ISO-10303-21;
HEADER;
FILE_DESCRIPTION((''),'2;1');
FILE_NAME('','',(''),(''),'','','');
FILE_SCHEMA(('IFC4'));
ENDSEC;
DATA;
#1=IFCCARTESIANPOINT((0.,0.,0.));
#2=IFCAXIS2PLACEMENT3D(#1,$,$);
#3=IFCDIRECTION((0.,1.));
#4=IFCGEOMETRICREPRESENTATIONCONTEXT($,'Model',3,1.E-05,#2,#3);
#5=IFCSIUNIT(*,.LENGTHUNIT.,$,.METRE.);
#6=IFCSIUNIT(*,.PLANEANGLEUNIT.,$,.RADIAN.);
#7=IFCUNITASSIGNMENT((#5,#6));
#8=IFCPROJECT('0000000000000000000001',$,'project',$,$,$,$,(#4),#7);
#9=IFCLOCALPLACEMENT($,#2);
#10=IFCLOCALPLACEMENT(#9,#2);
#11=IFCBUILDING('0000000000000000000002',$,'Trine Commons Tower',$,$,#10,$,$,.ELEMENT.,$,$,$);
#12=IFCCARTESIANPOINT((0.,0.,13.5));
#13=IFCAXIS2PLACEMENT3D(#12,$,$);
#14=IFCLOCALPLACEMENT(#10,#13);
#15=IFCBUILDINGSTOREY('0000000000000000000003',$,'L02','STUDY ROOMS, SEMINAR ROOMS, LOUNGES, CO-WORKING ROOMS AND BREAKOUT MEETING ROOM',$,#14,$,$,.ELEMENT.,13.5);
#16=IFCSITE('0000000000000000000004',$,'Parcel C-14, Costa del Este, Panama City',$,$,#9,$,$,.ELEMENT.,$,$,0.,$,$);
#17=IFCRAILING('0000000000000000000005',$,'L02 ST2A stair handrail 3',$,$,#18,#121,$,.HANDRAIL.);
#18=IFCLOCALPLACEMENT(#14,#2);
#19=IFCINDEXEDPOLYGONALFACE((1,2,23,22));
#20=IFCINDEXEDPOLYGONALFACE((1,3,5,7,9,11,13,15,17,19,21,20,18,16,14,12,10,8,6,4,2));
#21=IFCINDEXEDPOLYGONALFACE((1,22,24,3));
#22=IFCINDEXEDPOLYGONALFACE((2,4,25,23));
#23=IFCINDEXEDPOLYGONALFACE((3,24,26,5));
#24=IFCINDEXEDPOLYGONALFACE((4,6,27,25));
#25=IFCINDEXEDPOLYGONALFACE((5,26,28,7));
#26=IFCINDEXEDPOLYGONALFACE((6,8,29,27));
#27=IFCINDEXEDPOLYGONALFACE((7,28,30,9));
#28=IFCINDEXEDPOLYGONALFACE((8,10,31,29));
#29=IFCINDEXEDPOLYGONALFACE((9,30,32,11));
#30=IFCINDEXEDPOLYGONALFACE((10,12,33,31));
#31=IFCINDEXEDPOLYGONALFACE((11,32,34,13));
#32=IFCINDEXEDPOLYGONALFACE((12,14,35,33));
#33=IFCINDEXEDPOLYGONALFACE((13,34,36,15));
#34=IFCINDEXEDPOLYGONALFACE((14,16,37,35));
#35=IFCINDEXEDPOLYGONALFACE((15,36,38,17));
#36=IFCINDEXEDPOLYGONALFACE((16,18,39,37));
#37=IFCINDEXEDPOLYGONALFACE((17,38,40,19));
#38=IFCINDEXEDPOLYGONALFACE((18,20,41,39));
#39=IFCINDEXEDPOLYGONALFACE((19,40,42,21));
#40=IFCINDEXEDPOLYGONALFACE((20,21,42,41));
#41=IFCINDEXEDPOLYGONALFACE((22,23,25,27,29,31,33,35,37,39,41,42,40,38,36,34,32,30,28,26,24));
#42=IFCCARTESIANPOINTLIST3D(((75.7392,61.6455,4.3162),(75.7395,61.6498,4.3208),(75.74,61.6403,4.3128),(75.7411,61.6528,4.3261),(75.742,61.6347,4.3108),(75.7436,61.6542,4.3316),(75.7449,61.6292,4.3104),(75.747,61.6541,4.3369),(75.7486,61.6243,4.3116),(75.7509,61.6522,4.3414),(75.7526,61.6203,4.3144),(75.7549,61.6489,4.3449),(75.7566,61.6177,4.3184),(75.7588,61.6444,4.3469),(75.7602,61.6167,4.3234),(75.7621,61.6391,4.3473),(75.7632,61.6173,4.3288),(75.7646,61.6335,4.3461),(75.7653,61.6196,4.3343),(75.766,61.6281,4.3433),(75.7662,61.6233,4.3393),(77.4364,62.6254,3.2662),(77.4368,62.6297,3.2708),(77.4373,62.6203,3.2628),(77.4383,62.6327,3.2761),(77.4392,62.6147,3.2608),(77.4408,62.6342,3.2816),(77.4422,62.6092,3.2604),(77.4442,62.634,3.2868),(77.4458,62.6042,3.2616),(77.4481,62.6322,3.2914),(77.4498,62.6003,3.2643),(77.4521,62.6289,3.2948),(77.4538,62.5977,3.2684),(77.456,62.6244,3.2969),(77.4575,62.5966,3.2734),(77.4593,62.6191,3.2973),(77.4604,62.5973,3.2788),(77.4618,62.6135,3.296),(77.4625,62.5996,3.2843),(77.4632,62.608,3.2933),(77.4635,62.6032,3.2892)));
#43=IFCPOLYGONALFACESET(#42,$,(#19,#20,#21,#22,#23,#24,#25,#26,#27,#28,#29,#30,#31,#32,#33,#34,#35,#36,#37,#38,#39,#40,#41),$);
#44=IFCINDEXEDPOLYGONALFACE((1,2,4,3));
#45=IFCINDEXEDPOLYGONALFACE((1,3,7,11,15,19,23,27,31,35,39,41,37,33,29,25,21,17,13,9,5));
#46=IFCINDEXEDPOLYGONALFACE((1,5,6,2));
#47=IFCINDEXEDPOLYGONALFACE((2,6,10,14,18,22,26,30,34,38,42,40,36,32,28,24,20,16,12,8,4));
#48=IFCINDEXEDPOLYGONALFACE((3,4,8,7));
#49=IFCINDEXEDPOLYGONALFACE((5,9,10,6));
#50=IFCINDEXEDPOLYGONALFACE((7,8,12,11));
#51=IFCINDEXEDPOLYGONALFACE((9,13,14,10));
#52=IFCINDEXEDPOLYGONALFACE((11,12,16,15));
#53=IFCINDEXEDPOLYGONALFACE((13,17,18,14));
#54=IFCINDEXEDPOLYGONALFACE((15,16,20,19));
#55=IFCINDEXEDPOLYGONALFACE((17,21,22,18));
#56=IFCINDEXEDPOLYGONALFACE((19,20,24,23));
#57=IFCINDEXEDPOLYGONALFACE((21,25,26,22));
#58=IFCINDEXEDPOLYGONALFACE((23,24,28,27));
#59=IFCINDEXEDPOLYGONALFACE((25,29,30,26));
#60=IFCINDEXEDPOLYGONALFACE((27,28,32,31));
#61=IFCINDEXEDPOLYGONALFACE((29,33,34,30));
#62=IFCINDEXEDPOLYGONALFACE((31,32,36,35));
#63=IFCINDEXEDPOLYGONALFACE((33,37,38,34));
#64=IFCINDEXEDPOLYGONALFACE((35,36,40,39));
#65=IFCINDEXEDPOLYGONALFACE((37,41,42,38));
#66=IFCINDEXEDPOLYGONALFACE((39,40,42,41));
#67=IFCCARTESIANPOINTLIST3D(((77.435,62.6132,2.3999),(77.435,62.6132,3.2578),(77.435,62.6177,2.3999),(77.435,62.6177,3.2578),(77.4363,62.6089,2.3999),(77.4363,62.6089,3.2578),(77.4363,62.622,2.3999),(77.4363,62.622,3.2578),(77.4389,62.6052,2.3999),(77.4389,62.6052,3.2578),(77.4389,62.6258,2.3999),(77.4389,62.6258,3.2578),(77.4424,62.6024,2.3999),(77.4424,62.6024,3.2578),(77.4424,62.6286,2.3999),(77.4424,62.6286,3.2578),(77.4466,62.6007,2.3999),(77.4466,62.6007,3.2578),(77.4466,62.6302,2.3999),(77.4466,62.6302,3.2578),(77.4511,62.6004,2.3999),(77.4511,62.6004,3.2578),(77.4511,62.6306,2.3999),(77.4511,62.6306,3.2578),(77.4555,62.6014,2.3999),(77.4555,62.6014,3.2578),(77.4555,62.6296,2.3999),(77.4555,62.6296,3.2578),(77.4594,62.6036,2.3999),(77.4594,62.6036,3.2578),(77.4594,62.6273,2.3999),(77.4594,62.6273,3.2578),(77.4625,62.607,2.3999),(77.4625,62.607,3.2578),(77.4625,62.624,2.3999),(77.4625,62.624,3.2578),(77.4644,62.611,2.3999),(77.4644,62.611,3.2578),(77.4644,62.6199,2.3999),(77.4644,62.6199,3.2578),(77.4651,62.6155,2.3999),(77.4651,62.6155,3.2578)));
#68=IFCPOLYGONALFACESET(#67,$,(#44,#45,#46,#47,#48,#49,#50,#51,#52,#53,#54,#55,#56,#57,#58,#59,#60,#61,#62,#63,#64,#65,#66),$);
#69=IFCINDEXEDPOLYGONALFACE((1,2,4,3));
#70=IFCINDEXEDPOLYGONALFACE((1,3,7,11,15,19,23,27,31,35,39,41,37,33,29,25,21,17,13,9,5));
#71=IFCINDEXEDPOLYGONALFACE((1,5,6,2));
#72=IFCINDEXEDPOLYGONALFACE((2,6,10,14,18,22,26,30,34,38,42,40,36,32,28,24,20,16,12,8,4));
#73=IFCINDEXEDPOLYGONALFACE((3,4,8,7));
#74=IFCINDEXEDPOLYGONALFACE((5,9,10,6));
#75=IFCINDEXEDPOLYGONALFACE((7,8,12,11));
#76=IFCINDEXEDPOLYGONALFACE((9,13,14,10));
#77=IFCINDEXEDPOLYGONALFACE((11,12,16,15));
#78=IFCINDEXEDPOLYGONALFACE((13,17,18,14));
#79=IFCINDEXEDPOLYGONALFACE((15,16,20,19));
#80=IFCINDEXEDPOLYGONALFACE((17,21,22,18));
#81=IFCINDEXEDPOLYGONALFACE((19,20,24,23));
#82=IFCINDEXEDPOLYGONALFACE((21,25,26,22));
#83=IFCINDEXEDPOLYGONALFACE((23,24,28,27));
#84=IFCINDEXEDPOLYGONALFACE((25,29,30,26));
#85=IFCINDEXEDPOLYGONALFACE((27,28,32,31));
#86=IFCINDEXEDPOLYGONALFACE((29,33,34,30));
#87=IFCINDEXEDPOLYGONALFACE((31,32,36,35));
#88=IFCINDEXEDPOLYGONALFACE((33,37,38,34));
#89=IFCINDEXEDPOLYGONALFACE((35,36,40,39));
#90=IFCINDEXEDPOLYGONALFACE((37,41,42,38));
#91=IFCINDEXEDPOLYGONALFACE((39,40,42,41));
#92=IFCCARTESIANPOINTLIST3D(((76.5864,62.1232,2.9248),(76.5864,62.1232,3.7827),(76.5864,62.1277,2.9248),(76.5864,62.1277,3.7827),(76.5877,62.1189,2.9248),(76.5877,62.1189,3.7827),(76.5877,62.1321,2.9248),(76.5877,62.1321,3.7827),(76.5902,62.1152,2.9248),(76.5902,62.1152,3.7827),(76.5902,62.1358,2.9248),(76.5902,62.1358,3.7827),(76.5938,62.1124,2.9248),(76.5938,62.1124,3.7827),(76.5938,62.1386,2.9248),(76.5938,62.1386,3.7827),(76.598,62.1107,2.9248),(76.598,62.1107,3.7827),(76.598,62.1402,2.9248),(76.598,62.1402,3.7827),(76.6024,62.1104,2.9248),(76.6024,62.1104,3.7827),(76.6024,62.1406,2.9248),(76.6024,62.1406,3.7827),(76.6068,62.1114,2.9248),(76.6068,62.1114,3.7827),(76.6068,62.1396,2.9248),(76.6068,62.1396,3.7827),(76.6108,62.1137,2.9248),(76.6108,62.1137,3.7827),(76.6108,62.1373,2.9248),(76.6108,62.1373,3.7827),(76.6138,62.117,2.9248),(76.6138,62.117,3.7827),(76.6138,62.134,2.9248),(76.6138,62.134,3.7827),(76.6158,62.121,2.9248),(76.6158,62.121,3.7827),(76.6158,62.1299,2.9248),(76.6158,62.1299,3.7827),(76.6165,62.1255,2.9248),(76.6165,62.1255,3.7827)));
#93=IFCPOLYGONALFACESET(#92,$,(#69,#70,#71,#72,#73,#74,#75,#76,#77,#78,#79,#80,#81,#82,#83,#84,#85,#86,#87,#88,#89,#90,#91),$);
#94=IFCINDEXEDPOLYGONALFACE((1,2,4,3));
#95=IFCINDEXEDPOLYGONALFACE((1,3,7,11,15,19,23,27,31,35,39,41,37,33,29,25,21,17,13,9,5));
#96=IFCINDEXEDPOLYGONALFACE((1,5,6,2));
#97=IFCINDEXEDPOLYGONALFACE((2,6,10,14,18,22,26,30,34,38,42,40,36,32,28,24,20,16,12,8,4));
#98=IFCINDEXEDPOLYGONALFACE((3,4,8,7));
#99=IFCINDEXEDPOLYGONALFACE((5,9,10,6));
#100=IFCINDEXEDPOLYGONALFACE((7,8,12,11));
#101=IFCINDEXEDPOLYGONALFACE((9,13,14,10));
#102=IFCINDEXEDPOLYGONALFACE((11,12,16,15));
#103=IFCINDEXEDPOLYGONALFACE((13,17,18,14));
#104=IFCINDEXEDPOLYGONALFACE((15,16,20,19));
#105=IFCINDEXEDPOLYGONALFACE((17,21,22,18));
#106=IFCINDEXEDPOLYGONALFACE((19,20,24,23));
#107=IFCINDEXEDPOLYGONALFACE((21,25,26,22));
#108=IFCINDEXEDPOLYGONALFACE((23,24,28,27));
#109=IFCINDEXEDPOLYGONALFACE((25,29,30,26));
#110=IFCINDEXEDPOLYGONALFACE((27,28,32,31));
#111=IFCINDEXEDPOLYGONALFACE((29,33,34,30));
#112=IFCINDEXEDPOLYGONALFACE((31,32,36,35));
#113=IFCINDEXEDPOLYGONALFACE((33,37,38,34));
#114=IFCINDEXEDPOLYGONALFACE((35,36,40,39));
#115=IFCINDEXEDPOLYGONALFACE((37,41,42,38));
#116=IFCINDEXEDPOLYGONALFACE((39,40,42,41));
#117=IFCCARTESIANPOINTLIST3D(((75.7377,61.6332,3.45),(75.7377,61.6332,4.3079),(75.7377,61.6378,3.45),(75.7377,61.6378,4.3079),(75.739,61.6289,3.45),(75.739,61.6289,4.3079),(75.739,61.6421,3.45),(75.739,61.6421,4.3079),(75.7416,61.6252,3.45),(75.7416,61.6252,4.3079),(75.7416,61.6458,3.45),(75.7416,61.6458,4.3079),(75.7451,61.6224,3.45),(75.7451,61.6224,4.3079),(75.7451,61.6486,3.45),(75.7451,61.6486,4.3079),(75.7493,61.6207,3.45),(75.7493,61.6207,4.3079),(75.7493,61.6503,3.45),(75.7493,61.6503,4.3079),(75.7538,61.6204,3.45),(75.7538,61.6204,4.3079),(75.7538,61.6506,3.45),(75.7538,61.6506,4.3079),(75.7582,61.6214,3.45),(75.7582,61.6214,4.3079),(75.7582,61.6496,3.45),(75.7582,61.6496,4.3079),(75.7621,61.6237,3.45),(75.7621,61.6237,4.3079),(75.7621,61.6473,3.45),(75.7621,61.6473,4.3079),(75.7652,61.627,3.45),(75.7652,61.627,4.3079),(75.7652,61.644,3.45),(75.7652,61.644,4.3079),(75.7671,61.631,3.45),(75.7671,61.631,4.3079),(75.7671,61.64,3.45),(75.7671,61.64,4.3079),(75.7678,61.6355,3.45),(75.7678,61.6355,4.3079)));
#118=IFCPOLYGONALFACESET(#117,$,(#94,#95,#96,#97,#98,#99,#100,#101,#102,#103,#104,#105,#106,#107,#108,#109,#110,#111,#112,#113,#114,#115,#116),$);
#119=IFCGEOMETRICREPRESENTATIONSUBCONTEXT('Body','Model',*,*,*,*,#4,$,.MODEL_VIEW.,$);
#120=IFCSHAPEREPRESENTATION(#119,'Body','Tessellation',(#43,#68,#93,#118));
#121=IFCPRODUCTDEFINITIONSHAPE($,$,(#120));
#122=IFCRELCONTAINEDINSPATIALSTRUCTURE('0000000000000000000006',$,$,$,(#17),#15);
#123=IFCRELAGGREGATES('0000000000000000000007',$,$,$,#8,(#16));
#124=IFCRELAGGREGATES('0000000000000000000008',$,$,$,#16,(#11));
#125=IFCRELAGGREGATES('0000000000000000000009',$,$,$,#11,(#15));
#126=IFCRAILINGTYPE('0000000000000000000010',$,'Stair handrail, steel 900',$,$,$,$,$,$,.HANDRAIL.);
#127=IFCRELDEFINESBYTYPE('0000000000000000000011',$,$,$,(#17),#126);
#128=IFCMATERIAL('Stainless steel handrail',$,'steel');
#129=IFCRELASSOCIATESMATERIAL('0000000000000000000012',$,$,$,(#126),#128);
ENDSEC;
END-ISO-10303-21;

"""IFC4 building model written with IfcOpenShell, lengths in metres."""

from ifc_helpers import new_model, si_unit, direction, frame, origin, origin_2d, place, context, subcontext, project, spatial, circle, extrude, material, type_object, element, save


model = new_model("IFC4")

# Units and contexts
model_context = context("Model", 3, precision=1e-05, world=origin(), true_north=direction((0.0, 1.0)))
body_context = subcontext(model_context, "Body", "Model", "MODEL_VIEW")
ifc_project = project(units=[si_unit("LENGTHUNIT", "METRE"), si_unit("PLANEANGLEUNIT", "RADIAN")], contexts=[model_context])

# Site, building, storey
site_placement = place(None, origin())
site = spatial("IfcSite", under=ifc_project, at=site_placement, Name="Parcel C-14, Costa del Este, Panama City", CompositionType="ELEMENT", RefElevation=0.0)
building_placement = place(site_placement, origin())
building = spatial("IfcBuilding", under=site, at=building_placement, Name="Trine Commons Tower", CompositionType="ELEMENT")
storey_placement = place(building_placement, frame((0.0, 0.0, 13.5)))
storey = spatial("IfcBuildingStorey", under=building, at=storey_placement, Name="L02", Description="STUDY ROOMS, SEMINAR ROOMS, LOUNGES, CO-WORKING ROOMS AND BREAKOUT MEETING ROOM", CompositionType="ELEMENT", Elevation=13.5)

# Railing
ifc_material_1 = material(Name="Stainless steel handrail", Category="steel")
railing_type_1 = type_object("IfcRailingType", Name="Stair handrail, steel 900", PredefinedType="HANDRAIL", material=ifc_material_1)
railing_1_placement = place(storey_placement, frame((77.45, 62.6155, 2.3999)))
element("IfcRailing", 1, at=railing_1_placement, inside=storey, type_object=railing_type_1, Name="L02 ST2A stair handrail 3", PredefinedType="HANDRAIL", context=body_context, shape_type="SweptSolid", body=[
    extrude(circle(Radius=0.021, at=origin_2d()), frame((0.0, 0.0, 0.8789), z_axis=(-0.763352, -0.44075, 0.472264), x_axis=(0.500024, -0.866011, 0.0)), (0.0, 0.0, 1.0), 2.2234),
    extrude(circle(Radius=0.0151, at=origin_2d()), origin(), (0.0, 0.0, 1.0), 0.8579),
    extrude(circle(Radius=0.0151, at=origin_2d()), frame((-0.8486, -0.49, 0.5249)), (0.0, 0.0, 1.0), 0.8579),
    extrude(circle(Radius=0.0151, at=origin_2d()), frame((-1.6973, -0.98, 1.05)), (0.0, 0.0, 1.0), 0.8579),
])

save(model, "model.ifc")
